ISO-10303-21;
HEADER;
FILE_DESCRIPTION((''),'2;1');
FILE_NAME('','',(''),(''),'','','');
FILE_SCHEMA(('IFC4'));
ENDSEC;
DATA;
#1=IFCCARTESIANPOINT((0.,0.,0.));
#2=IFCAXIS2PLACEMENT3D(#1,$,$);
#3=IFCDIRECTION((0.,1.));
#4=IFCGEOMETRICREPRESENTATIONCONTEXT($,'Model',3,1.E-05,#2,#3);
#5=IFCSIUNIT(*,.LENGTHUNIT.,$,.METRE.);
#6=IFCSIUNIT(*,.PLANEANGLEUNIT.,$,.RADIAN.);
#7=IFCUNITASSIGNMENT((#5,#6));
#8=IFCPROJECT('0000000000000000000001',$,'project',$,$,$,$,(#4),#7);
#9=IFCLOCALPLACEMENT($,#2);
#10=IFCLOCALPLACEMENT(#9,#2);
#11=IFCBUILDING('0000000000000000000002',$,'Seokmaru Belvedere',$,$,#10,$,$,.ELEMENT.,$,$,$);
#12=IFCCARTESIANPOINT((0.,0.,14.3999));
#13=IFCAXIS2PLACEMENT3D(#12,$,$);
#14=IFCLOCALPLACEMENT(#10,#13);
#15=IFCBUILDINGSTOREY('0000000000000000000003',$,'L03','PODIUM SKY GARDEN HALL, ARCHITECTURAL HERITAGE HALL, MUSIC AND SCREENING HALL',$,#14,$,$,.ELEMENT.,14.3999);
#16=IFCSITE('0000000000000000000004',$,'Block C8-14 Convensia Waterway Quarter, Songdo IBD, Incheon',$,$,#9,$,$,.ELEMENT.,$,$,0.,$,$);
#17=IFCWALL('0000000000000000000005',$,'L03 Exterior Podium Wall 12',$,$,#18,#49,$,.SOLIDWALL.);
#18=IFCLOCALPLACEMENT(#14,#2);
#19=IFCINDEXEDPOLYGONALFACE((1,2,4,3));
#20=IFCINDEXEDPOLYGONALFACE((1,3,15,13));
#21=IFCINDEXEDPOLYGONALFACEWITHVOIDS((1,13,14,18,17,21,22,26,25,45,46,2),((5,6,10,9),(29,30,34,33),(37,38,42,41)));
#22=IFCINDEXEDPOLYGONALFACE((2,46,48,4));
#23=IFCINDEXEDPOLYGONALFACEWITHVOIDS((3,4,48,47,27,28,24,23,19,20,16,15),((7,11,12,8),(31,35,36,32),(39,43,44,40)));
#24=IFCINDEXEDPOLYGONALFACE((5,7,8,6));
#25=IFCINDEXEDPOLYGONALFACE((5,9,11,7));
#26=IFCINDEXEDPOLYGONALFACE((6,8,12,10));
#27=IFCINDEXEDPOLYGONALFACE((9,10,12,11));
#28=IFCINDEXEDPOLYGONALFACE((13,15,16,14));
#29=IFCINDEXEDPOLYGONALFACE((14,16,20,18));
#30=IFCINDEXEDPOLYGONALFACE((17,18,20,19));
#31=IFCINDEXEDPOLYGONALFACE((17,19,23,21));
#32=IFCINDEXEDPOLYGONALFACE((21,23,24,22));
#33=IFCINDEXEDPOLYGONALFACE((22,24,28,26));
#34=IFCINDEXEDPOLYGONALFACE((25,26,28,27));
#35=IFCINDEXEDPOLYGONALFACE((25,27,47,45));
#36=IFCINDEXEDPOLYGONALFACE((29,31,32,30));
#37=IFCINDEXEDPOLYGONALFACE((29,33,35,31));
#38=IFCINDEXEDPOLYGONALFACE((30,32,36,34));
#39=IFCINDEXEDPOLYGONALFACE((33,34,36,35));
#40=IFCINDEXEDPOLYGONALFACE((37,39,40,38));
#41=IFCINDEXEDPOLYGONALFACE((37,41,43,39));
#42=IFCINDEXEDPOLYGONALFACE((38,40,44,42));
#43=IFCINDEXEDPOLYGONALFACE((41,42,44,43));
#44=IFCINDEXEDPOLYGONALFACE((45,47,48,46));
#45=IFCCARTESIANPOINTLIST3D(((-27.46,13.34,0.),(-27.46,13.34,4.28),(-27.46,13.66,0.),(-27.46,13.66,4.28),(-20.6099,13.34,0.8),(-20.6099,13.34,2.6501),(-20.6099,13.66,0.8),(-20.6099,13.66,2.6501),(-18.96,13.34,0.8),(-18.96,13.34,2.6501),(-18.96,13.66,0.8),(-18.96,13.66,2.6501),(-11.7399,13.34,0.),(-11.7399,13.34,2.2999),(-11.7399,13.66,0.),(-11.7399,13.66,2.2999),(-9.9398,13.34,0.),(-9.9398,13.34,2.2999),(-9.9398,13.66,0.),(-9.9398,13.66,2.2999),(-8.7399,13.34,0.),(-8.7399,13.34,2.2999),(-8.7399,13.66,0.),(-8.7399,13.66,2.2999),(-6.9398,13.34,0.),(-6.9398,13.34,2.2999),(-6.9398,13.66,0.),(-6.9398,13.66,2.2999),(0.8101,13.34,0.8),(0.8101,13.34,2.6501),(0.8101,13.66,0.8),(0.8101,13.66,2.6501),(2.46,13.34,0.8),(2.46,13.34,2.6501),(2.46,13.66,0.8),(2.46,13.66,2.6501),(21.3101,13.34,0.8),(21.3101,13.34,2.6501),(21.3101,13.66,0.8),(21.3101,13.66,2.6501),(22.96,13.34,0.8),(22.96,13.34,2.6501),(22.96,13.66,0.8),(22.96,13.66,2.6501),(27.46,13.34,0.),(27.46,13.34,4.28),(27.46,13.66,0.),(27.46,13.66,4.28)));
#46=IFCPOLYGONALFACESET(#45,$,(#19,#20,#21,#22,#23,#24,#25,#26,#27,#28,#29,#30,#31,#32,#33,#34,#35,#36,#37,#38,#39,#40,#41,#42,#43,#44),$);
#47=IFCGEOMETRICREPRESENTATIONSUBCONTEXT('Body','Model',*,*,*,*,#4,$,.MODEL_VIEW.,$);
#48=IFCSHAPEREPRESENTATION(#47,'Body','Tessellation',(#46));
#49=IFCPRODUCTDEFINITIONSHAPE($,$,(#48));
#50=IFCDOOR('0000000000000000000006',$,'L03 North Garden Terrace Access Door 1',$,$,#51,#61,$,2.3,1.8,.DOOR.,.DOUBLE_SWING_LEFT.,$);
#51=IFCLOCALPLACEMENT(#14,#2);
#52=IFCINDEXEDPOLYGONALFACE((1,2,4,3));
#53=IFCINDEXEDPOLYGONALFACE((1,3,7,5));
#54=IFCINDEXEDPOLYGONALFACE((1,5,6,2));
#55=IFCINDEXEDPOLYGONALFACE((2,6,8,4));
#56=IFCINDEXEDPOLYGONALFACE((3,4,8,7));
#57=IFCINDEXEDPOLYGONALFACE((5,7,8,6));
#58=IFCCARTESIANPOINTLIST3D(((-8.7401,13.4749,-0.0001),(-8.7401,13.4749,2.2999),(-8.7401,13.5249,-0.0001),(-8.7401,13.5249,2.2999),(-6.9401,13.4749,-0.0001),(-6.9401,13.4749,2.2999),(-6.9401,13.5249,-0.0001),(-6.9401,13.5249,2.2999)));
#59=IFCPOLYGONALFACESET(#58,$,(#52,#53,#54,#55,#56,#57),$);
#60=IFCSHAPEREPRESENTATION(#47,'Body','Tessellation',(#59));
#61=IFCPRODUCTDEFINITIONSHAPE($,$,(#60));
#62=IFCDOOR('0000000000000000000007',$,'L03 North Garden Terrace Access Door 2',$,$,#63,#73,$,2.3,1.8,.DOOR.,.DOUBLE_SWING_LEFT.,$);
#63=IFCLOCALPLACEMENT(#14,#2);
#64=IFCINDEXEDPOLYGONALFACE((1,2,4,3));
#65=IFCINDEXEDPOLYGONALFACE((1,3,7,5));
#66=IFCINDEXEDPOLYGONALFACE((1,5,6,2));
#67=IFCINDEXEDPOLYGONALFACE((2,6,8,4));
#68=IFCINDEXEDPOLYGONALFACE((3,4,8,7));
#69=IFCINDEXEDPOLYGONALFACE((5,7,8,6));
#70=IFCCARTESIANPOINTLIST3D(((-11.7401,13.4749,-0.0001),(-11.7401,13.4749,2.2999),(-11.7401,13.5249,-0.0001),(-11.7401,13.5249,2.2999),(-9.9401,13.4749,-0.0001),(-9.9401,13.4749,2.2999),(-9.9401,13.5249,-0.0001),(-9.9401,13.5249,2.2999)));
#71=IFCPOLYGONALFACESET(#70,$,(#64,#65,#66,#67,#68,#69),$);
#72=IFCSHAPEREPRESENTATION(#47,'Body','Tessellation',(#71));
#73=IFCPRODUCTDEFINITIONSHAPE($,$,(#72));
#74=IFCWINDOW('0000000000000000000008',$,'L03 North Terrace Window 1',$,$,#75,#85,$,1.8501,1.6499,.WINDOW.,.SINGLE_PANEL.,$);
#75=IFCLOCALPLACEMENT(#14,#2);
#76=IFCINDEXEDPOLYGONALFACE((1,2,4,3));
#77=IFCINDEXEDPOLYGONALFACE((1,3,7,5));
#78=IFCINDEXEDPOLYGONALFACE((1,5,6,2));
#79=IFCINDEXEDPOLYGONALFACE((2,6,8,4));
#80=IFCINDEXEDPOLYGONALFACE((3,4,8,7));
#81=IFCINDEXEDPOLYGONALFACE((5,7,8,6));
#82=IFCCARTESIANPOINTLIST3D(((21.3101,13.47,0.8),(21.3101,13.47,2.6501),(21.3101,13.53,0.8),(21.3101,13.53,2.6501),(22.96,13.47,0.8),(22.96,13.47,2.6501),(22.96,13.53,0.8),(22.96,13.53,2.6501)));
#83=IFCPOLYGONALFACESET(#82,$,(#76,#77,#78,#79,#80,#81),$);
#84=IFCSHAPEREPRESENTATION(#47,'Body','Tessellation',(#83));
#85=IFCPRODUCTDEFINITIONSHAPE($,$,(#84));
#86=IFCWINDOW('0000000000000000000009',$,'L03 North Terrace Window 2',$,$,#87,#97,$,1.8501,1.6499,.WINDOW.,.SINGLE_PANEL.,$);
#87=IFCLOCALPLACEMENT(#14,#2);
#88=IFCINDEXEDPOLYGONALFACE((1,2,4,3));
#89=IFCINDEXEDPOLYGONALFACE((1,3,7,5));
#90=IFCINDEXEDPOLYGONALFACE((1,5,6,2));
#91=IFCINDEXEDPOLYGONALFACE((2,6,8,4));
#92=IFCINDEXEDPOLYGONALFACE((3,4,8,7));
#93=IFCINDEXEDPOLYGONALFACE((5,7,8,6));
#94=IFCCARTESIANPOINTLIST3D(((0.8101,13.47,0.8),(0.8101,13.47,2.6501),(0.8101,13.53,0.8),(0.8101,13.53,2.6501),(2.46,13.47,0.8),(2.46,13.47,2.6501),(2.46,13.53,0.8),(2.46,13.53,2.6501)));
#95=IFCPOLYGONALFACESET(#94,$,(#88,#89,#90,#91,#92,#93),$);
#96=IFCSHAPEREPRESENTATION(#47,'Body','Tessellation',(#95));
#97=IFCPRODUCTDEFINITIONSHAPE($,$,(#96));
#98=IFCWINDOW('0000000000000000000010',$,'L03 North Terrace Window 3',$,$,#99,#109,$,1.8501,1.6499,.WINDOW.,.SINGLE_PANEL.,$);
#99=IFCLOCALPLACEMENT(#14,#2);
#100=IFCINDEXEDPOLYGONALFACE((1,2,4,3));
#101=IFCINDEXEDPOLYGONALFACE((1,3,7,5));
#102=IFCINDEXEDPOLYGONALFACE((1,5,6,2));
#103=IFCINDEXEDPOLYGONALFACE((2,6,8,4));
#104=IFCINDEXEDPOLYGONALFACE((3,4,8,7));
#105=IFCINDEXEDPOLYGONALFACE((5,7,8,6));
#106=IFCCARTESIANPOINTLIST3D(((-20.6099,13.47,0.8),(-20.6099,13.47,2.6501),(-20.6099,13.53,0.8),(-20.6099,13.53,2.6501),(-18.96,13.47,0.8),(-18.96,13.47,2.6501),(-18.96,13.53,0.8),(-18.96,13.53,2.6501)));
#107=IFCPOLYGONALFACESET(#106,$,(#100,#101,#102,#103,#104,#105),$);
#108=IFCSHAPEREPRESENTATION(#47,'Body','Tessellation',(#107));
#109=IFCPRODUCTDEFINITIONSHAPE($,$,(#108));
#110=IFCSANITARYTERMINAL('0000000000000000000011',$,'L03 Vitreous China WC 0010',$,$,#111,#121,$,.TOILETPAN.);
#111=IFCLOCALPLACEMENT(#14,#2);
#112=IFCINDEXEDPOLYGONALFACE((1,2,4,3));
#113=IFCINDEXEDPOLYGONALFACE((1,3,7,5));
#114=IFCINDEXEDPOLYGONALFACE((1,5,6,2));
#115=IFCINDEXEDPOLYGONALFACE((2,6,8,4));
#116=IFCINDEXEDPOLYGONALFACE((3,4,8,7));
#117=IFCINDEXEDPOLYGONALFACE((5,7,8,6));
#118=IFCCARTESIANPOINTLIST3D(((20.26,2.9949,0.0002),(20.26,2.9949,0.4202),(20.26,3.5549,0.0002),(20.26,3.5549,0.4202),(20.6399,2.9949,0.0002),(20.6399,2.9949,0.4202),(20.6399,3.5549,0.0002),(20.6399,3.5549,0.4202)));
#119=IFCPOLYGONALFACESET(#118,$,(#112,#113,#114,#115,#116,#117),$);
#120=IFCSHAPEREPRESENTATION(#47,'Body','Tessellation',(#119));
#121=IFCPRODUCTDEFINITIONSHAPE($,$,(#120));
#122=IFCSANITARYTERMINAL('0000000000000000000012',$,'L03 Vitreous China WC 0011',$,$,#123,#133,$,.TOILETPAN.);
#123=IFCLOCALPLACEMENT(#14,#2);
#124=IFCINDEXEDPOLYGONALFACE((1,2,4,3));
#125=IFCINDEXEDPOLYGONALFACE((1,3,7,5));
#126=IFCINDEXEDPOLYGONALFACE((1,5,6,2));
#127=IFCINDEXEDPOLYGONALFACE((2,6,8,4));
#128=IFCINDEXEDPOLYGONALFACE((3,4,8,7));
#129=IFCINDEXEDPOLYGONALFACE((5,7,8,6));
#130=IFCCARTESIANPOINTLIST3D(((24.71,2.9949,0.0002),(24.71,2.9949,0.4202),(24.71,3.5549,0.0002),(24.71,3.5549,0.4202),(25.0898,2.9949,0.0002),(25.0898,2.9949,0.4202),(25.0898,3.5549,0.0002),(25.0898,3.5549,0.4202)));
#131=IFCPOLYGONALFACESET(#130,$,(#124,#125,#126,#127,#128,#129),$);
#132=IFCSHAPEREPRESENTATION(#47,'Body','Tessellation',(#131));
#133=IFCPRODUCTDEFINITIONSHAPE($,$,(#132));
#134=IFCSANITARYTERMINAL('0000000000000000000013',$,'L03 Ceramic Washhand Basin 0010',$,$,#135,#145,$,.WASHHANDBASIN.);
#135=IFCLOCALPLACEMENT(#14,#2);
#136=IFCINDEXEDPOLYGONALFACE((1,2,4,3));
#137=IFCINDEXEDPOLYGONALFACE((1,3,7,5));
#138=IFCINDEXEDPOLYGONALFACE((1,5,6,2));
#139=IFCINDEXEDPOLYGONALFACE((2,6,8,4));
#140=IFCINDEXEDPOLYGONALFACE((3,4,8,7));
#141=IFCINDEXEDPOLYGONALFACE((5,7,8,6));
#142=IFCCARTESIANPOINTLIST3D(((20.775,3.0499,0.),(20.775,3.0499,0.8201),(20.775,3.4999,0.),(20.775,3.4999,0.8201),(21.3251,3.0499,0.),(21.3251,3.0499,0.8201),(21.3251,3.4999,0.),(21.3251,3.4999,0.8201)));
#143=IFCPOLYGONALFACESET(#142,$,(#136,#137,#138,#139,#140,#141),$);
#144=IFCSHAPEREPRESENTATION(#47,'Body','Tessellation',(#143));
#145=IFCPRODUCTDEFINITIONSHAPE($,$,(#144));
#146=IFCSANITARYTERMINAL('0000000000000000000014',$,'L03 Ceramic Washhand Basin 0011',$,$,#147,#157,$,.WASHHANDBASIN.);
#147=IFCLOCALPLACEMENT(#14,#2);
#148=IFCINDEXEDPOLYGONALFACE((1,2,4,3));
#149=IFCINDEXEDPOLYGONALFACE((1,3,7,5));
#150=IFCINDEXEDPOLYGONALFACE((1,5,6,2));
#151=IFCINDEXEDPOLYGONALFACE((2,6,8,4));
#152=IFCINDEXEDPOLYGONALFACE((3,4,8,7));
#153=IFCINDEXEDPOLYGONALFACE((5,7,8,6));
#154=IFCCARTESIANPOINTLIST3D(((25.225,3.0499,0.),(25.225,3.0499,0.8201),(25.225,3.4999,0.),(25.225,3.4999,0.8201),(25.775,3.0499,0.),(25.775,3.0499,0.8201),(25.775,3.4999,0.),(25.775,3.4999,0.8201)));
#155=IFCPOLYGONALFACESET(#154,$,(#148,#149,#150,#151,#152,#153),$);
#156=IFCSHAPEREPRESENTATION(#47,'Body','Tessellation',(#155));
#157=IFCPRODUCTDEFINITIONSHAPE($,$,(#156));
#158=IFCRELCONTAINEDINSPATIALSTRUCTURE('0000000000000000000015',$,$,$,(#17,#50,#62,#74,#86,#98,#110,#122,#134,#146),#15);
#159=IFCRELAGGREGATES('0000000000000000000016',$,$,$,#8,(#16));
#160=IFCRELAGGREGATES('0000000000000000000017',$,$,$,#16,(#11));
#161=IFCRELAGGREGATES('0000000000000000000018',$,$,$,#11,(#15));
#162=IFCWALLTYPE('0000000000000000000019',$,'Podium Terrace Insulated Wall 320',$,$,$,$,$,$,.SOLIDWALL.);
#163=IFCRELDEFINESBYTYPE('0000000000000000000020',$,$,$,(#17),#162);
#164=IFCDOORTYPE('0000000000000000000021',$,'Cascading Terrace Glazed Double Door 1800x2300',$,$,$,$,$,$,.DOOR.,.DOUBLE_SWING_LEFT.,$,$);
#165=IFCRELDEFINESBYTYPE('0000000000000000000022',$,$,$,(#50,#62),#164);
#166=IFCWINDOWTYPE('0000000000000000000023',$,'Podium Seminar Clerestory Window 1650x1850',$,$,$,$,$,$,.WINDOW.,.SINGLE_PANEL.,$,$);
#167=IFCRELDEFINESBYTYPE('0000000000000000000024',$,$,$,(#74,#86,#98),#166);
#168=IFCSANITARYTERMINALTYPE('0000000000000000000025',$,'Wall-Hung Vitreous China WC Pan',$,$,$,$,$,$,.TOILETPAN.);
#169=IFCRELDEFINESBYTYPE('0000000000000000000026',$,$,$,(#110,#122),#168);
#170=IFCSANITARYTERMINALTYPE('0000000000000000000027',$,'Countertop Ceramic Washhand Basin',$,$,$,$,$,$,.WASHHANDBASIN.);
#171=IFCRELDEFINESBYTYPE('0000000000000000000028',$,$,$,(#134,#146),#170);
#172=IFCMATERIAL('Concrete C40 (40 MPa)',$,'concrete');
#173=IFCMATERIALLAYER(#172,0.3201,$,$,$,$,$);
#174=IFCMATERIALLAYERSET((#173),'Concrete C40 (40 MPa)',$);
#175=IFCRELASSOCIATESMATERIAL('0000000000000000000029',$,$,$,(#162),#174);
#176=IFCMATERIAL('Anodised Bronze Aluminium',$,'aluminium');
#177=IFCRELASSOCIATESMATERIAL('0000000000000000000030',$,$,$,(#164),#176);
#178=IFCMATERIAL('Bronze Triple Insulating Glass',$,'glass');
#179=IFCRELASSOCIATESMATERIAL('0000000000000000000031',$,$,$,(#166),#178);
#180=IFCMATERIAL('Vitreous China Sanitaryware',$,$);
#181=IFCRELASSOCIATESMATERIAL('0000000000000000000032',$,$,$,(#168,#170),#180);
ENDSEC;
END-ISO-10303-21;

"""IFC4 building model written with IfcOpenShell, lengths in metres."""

from ifc_helpers import new_model, si_unit, direction, frame, frame_2d, origin, origin_2d, place, context, subcontext, project, spatial, rectangle, extrude, source, transform, mapped, material, layer, layer_set, type_object, type_shapes, element, fill, save


model = new_model("IFC4")

# Units and contexts
model_context = context("Model", 3, precision=1e-05, world=origin(), true_north=direction((0.0, 1.0)))
body_context = subcontext(model_context, "Body", "Model", "MODEL_VIEW")
ifc_project = project(units=[si_unit("LENGTHUNIT", "METRE"), si_unit("PLANEANGLEUNIT", "RADIAN")], contexts=[model_context])

# Site, building, storey
site_placement = place(None, origin())
site = spatial("IfcSite", under=ifc_project, at=site_placement, Name="Block C8-14 Convensia Waterway Quarter, Songdo IBD, Incheon", CompositionType="ELEMENT", RefElevation=0.0)
building_placement = place(site_placement, origin())
building = spatial("IfcBuilding", under=site, at=building_placement, Name="Seokmaru Belvedere", CompositionType="ELEMENT")
storey_placement = place(building_placement, frame((0.0, 0.0, 14.3999)))
storey = spatial("IfcBuildingStorey", under=building, at=storey_placement, Name="L03", Description="PODIUM SKY GARDEN HALL, ARCHITECTURAL HERITAGE HALL, MUSIC AND SCREENING HALL", CompositionType="ELEMENT", Elevation=14.3999)

# Shared definitions
ifc_material_1 = material(Name="Concrete C40 (40 MPa)", Category="concrete")
ifc_layer_1 = layer(ifc_material_1, 0.3201)
ifc_layer_set_1 = layer_set([ifc_layer_1], Name="Concrete C40 (40 MPa)")
wall_type_1 = type_object("IfcWallType", Name="Podium Terrace Insulated Wall 320", PredefinedType="SOLIDWALL", material=ifc_layer_set_1)

# Wall, openings, doors, windows
wall_1_placement = place(storey_placement, frame((27.46, 13.5, 0.0), z_axis=(0.0, 0.0, 1.0), x_axis=(-1.0, 0.0, 0.0)))
wall_1 = element("IfcWall", 1, at=wall_1_placement, inside=storey, type_object=wall_type_1, Name="L03 Exterior Podium Wall 12", PredefinedType="SOLIDWALL", context=body_context, shape_type="SweptSolid", body=[
    extrude(rectangle(XDim=54.9199, YDim=0.3201, at=frame_2d((27.46, 0.0))), origin(), (0.0, 0.0, 1.0), 4.28),
])
opening_1_placement = place(wall_1_placement, frame((34.3999, 0.0, 0.0)))
opening_1 = element("IfcOpeningElement", 2, at=opening_1_placement, cuts=wall_1, PredefinedType="OPENING", context=body_context, shape_type="SweptSolid", body=[
    extrude(rectangle(XDim=1.8, YDim=2.3, at=frame_2d((0.8999, 1.1499))), frame((0.0, 0.1699, 0.0), z_axis=(0.0, -1.0, 0.0), x_axis=(1.0, 0.0, 0.0)), (0.0, 0.0, 1.0), 0.3401),
])
opening_2_placement = place(wall_1_placement, frame((37.3999, 0.0, 0.0)))
opening_2 = element("IfcOpeningElement", 3, at=opening_2_placement, cuts=wall_1, PredefinedType="OPENING", context=body_context, shape_type="SweptSolid", body=[
    extrude(rectangle(XDim=1.8, YDim=2.3, at=frame_2d((0.8999, 1.1499))), frame((0.0, 0.1699, 0.0), z_axis=(0.0, -1.0, 0.0), x_axis=(1.0, 0.0, 0.0)), (0.0, 0.0, 1.0), 0.3401),
])
opening_3_placement = place(wall_1_placement, frame((4.5, 0.0, 0.8)))
opening_3 = element("IfcOpeningElement", 4, at=opening_3_placement, cuts=wall_1, PredefinedType="OPENING", context=body_context, shape_type="SweptSolid", body=[
    extrude(rectangle(XDim=1.6499, YDim=1.8501, at=frame_2d((0.825, 0.925))), frame((0.0, 0.1699, 0.0), z_axis=(0.0, -1.0, 0.0), x_axis=(1.0, 0.0, 0.0)), (0.0, 0.0, 1.0), 0.3401),
])
opening_4_placement = place(wall_1_placement, frame((25.0, 0.0, 0.8)))
opening_4 = element("IfcOpeningElement", 5, at=opening_4_placement, cuts=wall_1, PredefinedType="OPENING", context=body_context, shape_type="SweptSolid", body=[
    extrude(rectangle(XDim=1.6499, YDim=1.8501, at=frame_2d((0.825, 0.925))), frame((0.0, 0.1699, 0.0), z_axis=(0.0, -1.0, 0.0), x_axis=(1.0, 0.0, 0.0)), (0.0, 0.0, 1.0), 0.3401),
])
opening_5_placement = place(wall_1_placement, frame((46.4199, 0.0, 0.8)))
opening_5 = element("IfcOpeningElement", 6, at=opening_5_placement, cuts=wall_1, PredefinedType="OPENING", context=body_context, shape_type="SweptSolid", body=[
    extrude(rectangle(XDim=1.6499, YDim=1.8501, at=frame_2d((0.825, 0.925))), frame((0.0, 0.1699, 0.0), z_axis=(0.0, -1.0, 0.0), x_axis=(1.0, 0.0, 0.0)), (0.0, 0.0, 1.0), 0.3401),
])
ifc_material_2 = material(Name="Anodised Bronze Aluminium", Category="aluminium")
door_type_1 = type_object("IfcDoorType", Name="Cascading Terrace Glazed Double Door 1800x2300", OperationType="DOUBLE_SWING_LEFT", PredefinedType="DOOR", material=ifc_material_2)
shared_shape_1 = source(origin(), body_context, "Body", "SweptSolid", [
    extrude(rectangle(XDim=1.8, YDim=2.3, at=frame_2d((0.8999, 1.1499))), frame((0.0, 0.0249, 0.0), z_axis=(0.0, -1.0, 0.0), x_axis=(1.0, 0.0, 0.0)), (0.0, 0.0, 1.0), 0.05),
])
type_shapes(door_type_1, [shared_shape_1])
door_1_placement = place(opening_1_placement, frame((1.8, 0.0, 0.0), z_axis=(0.0, 0.0, 1.0), x_axis=(-1.0, 0.0, 0.0)))
door_1 = element("IfcDoor", 7, at=door_1_placement, inside=storey, type_object=door_type_1, Name="L03 North Garden Terrace Access Door 1", OperationType="DOUBLE_SWING_LEFT", OverallHeight=2.3, OverallWidth=1.8, PredefinedType="DOOR", context=body_context, shape_type="MappedRepresentation", body=[
    mapped(shared_shape_1, transform((0.0, 0.0, 0.0), scale=1.0)),
])
fill(opening_1, door_1)
door_2_placement = place(opening_2_placement, frame((1.8, 0.0, 0.0), z_axis=(0.0, 0.0, 1.0), x_axis=(-1.0, 0.0, 0.0)))
door_2 = element("IfcDoor", 8, at=door_2_placement, inside=storey, type_object=door_type_1, Name="L03 North Garden Terrace Access Door 2", OperationType="DOUBLE_SWING_LEFT", OverallHeight=2.3, OverallWidth=1.8, PredefinedType="DOOR", context=body_context, shape_type="MappedRepresentation", body=[
    mapped(shared_shape_1, transform((0.0, 0.0, 0.0), scale=1.0)),
])
fill(opening_2, door_2)
ifc_material_3 = material(Name="Bronze Triple Insulating Glass", Category="glass")
window_type = type_object("IfcWindowType", Name="Podium Seminar Clerestory Window 1650x1850", PartitioningType="SINGLE_PANEL", PredefinedType="WINDOW", material=ifc_material_3)
shared_shape_2 = source(origin(), body_context, "Body", "SweptSolid", [
    extrude(rectangle(XDim=1.6499, YDim=1.8501, at=frame_2d((0.825, 0.925))), frame((0.0, 0.03, 0.0), z_axis=(0.0, -1.0, 0.0), x_axis=(1.0, 0.0, 0.0)), (0.0, 0.0, 1.0), 0.0601),
])
type_shapes(window_type, [shared_shape_2])
window_1_placement = place(opening_3_placement, origin())
window_1 = element("IfcWindow", 9, at=window_1_placement, inside=storey, type_object=window_type, Name="L03 North Terrace Window 1", OverallHeight=1.8501, OverallWidth=1.6499, PartitioningType="SINGLE_PANEL", PredefinedType="WINDOW", context=body_context, shape_type="MappedRepresentation", body=[
    mapped(shared_shape_2, transform((0.0, 0.0, 0.0), scale=1.0)),
])
fill(opening_3, window_1)
window_2_placement = place(opening_4_placement, origin())
window_2 = element("IfcWindow", 10, at=window_2_placement, inside=storey, type_object=window_type, Name="L03 North Terrace Window 2", OverallHeight=1.8501, OverallWidth=1.6499, PartitioningType="SINGLE_PANEL", PredefinedType="WINDOW", context=body_context, shape_type="MappedRepresentation", body=[
    mapped(shared_shape_2, transform((0.0, 0.0, 0.0), scale=1.0)),
])
fill(opening_4, window_2)
window_3_placement = place(opening_5_placement, origin())
window_3 = element("IfcWindow", 11, at=window_3_placement, inside=storey, type_object=window_type, Name="L03 North Terrace Window 3", OverallHeight=1.8501, OverallWidth=1.6499, PartitioningType="SINGLE_PANEL", PredefinedType="WINDOW", context=body_context, shape_type="MappedRepresentation", body=[
    mapped(shared_shape_2, transform((0.0, 0.0, 0.0), scale=1.0)),
])
fill(opening_5, window_3)

# Sanitary terminals
ifc_material_4 = material(Name="Vitreous China Sanitaryware")
sanitary_terminal_type_1 = type_object("IfcSanitaryTerminalType", Name="Wall-Hung Vitreous China WC Pan", PredefinedType="TOILETPAN", material=ifc_material_4)
shared_shape_3 = source(origin(), body_context, "Body", "SweptSolid", [
    extrude(rectangle(XDim=0.3799, YDim=0.5601, at=origin_2d()), origin(), (0.0, 0.0, 1.0), 0.4199),
])
type_shapes(sanitary_terminal_type_1, [shared_shape_3])
for number, where, z_axis, x_axis, name in (
    (12, (20.45, 3.2749, 0.0002), (0.0, 0.0, 1.0), (1.0, 0.0, 0.0), "L03 Vitreous China WC 0010"),
    (13, (24.8999, 3.2749, 0.0002), (0.0, 0.0, 1.0), (1.0, 0.0, 0.0), "L03 Vitreous China WC 0011"),
):
    element("IfcSanitaryTerminal", number, at=place(storey_placement, frame(where, z_axis=z_axis, x_axis=x_axis)), inside=storey, type_object=sanitary_terminal_type_1, Name=name, PredefinedType="TOILETPAN", context=body_context, shape_type="MappedRepresentation", body=[
        mapped(shared_shape_3, transform((0.0, 0.0, 0.0), scale=1.0)),
    ])
sanitary_terminal_type_2 = type_object("IfcSanitaryTerminalType", Name="Countertop Ceramic Washhand Basin", PredefinedType="WASHHANDBASIN", material=ifc_material_4)
shared_shape_4 = source(origin(), body_context, "Body", "SweptSolid", [
    extrude(rectangle(XDim=0.55, YDim=0.45, at=origin_2d()), origin(), (0.0, 0.0, 1.0), 0.8201),
])
type_shapes(sanitary_terminal_type_2, [shared_shape_4])
for number, where, z_axis, x_axis, name in (
    (14, (21.05, 3.2749, 0.0), (0.0, 0.0, 1.0), (1.0, 0.0, 0.0), "L03 Ceramic Washhand Basin 0010"),
    (15, (25.5, 3.2749, 0.0), (0.0, 0.0, 1.0), (1.0, 0.0, 0.0), "L03 Ceramic Washhand Basin 0011"),
):
    element("IfcSanitaryTerminal", number, at=place(storey_placement, frame(where, z_axis=z_axis, x_axis=x_axis)), inside=storey, type_object=sanitary_terminal_type_2, Name=name, PredefinedType="WASHHANDBASIN", context=body_context, shape_type="MappedRepresentation", body=[
        mapped(shared_shape_4, transform((0.0, 0.0, 0.0), scale=1.0)),
    ])

save(model, "model.ifc")
